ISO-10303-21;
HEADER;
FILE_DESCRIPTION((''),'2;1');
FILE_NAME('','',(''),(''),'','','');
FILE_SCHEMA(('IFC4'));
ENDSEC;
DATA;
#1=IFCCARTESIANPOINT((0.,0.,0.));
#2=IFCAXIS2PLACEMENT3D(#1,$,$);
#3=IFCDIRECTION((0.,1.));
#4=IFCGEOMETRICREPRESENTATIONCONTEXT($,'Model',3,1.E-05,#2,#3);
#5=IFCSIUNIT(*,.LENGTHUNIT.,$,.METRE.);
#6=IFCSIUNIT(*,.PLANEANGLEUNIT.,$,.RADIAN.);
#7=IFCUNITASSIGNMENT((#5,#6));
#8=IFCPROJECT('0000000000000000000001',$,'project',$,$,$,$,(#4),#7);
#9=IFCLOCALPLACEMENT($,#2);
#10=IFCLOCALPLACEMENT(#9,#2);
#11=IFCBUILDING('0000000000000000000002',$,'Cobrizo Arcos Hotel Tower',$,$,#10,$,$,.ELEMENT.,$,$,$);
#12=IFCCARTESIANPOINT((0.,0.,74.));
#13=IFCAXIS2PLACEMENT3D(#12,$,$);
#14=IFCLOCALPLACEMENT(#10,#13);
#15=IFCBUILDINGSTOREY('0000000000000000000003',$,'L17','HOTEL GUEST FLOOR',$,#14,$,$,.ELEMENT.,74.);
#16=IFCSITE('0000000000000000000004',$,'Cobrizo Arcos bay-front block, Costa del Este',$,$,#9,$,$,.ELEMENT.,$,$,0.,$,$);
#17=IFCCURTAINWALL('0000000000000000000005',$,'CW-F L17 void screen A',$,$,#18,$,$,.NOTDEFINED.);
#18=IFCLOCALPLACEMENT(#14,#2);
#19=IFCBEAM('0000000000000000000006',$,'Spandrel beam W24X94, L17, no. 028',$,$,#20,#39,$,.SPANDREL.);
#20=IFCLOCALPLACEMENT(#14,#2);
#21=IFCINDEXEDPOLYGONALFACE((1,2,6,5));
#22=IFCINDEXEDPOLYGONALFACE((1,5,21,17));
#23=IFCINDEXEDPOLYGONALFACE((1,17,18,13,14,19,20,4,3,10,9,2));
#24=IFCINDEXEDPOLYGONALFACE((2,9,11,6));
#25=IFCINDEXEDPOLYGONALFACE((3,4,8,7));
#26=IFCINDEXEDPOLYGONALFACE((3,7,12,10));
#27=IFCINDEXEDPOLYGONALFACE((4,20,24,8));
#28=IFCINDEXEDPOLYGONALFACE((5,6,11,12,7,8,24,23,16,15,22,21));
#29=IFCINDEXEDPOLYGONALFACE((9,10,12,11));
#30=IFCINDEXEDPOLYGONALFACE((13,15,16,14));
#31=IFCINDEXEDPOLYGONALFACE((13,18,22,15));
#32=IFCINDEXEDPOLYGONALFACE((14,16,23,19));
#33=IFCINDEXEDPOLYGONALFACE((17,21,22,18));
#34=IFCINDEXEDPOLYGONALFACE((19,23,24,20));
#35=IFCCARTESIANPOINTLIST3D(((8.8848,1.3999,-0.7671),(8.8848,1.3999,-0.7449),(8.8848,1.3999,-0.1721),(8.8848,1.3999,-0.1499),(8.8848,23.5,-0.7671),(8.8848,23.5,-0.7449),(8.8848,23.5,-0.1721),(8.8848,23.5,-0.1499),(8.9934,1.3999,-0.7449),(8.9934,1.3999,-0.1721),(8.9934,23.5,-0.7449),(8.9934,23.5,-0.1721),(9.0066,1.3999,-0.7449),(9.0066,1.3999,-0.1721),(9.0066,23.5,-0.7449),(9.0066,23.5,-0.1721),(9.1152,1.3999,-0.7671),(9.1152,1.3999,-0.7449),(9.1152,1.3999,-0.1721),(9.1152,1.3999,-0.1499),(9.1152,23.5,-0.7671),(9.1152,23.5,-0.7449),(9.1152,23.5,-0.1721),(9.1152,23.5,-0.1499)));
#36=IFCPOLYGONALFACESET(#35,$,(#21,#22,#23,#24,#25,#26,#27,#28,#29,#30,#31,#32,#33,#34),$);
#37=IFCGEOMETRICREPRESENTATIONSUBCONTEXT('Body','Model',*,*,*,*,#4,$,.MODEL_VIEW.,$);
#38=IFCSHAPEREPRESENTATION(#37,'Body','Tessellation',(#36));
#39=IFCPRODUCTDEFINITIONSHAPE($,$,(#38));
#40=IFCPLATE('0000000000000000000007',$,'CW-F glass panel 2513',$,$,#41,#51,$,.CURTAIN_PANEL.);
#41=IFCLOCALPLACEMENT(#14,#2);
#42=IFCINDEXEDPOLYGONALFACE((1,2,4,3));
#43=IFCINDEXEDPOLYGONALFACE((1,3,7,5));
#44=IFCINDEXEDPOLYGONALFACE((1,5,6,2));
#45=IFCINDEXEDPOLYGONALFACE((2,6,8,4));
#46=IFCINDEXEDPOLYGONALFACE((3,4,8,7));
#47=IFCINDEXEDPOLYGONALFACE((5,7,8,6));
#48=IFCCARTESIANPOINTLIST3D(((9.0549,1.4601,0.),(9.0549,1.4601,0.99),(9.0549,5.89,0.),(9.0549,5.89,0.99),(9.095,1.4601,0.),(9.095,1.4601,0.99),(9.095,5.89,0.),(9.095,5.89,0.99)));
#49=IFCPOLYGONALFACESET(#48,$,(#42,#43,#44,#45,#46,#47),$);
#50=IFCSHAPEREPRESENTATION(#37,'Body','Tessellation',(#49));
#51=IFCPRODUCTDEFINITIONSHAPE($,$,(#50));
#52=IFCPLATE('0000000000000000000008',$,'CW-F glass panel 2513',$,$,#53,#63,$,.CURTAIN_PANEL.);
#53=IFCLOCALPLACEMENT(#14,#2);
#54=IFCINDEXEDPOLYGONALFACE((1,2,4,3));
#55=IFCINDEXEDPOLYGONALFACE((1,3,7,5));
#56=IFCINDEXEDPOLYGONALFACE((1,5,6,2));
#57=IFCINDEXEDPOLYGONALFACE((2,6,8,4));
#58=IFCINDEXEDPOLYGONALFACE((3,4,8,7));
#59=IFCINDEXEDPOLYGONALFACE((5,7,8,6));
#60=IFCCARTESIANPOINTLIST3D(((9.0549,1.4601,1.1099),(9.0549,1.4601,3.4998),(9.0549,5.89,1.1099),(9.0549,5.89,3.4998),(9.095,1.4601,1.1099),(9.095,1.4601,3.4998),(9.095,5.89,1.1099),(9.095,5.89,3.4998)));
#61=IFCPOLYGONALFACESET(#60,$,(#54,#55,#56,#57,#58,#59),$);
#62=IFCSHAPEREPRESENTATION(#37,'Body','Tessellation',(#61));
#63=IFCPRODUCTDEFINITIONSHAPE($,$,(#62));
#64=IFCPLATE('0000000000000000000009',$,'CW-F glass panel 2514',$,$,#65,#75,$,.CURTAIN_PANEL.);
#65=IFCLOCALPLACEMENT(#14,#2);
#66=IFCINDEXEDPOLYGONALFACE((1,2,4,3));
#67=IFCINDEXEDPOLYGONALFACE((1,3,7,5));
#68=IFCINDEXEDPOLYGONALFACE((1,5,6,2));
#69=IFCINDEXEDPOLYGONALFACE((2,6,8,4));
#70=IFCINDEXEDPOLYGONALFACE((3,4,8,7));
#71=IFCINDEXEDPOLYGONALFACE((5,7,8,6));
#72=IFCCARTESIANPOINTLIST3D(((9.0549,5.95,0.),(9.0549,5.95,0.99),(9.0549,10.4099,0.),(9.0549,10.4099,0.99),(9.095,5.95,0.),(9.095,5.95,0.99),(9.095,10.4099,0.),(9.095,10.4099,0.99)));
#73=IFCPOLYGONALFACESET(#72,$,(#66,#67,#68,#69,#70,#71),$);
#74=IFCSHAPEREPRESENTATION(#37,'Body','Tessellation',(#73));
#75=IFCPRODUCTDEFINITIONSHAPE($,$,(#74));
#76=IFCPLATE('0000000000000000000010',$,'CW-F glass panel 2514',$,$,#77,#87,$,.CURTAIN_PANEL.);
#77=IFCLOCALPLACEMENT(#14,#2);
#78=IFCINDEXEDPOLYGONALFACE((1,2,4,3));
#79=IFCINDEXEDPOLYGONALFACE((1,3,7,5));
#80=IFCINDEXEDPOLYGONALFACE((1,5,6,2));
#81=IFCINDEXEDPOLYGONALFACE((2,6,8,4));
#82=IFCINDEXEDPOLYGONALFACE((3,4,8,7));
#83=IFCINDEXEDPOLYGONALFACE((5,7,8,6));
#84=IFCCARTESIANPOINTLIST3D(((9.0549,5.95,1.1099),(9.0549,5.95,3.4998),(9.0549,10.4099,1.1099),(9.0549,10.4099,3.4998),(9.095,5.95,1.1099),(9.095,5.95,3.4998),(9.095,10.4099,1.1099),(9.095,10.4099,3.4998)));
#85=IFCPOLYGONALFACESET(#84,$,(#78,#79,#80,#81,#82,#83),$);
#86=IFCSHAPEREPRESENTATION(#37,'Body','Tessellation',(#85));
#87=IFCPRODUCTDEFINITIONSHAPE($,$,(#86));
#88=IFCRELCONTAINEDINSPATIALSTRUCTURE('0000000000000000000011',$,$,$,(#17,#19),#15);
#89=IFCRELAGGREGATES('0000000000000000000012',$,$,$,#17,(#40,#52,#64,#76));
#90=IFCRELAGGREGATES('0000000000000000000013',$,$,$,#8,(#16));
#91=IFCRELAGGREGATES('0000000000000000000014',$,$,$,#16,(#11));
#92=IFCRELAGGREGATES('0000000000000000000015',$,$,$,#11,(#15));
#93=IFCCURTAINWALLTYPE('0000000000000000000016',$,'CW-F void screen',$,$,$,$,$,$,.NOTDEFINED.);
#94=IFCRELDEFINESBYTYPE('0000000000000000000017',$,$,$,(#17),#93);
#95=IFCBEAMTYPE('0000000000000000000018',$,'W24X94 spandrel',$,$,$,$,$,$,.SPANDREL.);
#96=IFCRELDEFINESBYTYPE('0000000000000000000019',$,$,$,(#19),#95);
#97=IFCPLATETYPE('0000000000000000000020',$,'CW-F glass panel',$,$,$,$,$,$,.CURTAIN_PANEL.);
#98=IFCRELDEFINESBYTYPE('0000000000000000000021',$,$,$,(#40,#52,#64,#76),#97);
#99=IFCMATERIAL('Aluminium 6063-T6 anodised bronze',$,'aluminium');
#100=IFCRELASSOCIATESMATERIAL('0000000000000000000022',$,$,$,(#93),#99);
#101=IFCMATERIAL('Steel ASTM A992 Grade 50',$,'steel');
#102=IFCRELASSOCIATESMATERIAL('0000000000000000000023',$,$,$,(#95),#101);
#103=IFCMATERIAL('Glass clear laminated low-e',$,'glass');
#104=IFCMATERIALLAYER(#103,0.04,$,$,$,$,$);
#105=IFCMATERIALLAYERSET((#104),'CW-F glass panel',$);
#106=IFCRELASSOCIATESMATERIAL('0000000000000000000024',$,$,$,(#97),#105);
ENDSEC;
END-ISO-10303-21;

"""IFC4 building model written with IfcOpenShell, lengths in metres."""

from ifc_helpers import new_model, si_unit, direction, frame, origin, origin_2d, place, context, subcontext, project, spatial, rectangle, i_section, extrude, material, layer, layer_set, material_profile, profile_set, type_object, element, aggregate, save


model = new_model("IFC4")

# Units and contexts
model_context = context("Model", 3, precision=1e-05, world=origin(), true_north=direction((0.0, 1.0)))
body_context = subcontext(model_context, "Body", "Model", "MODEL_VIEW")
ifc_project = project(units=[si_unit("LENGTHUNIT", "METRE"), si_unit("PLANEANGLEUNIT", "RADIAN")], contexts=[model_context])

# Site, building, storey
site_placement = place(None, origin())
site = spatial("IfcSite", under=ifc_project, at=site_placement, Name="Cobrizo Arcos bay-front block, Costa del Este", CompositionType="ELEMENT", RefElevation=0.0)
building_placement = place(site_placement, origin())
building = spatial("IfcBuilding", under=site, at=building_placement, Name="Cobrizo Arcos Hotel Tower", CompositionType="ELEMENT")
storey_placement = place(building_placement, frame((0.0, 0.0, 74.0)))
storey = spatial("IfcBuildingStorey", under=building, at=storey_placement, Name="L17", Description="HOTEL GUEST FLOOR", CompositionType="ELEMENT", Elevation=74.0)

# Shared definitions
ifc_material_1 = material(Name="Steel ASTM A992 Grade 50", Category="steel")

# Curtain wall
ifc_material_2 = material(Name="Aluminium 6063-T6 anodised bronze", Category="aluminium")
curtain_wall_type = type_object("IfcCurtainWallType", Name="CW-F void screen", PredefinedType="NOTDEFINED", material=ifc_material_2)
curtain_wall_placement = place(storey_placement, origin())
curtain_wall = element("IfcCurtainWall", 1, at=curtain_wall_placement, inside=storey, type_object=curtain_wall_type, Name="CW-F L17 void screen A", PredefinedType="NOTDEFINED")

# Beam
ifc_material_profile_1 = material_profile(ifc_material_1, i_section(OverallWidth=0.2305, OverallDepth=0.6172, WebThickness=0.0132, FlangeThickness=0.0222, at=origin_2d()), Name="W24X94")
ifc_profile_set_1 = profile_set([ifc_material_profile_1], Name="Steel ASTM A992 Grade 50")
beam_type_1 = type_object("IfcBeamType", Name="W24X94 spandrel", PredefinedType="SPANDREL", material=ifc_profile_set_1)
beam_1_placement = place(storey_placement, frame((9.0, 1.3999, -0.4585), z_axis=(0.0, 1.0, 0.0), x_axis=(-1.0, 0.0, 0.0)))
element("IfcBeam", 2, at=beam_1_placement, inside=storey, type_object=beam_type_1, Name="Spandrel beam W24X94, L17, no. 028", PredefinedType="SPANDREL", context=body_context, shape_type="SweptSolid", body=[
    extrude(i_section(OverallWidth=0.2305, OverallDepth=0.6172, WebThickness=0.0132, FlangeThickness=0.0222, at=origin_2d()), origin(), (0.0, 0.0, 1.0), 22.1001),
])

# Plates
ifc_material_3 = material(Name="Glass clear laminated low-e", Category="glass")
ifc_layer_1 = layer(ifc_material_3, 0.04)
ifc_layer_set_1 = layer_set([ifc_layer_1], Name="CW-F glass panel")
plate_type = type_object("IfcPlateType", Name="CW-F glass panel", PredefinedType="CURTAIN_PANEL", material=ifc_layer_set_1)
plate_1_placement = place(storey_placement, frame((9.075, 3.675, 0.0), z_axis=(0.0, 0.0, 1.0), x_axis=(0.0, 1.0, 0.0)))
plate_1 = element("IfcPlate", 3, at=plate_1_placement, type_object=plate_type, Name="CW-F glass panel 2513", PredefinedType="CURTAIN_PANEL", context=body_context, shape_type="SweptSolid", body=[
    extrude(rectangle(XDim=4.4299, YDim=0.04, at=origin_2d()), origin(), (0.0, 0.0, 1.0), 0.99),
])
plate_2_placement = place(storey_placement, frame((9.075, 3.675, 1.1099), z_axis=(0.0, 0.0, 1.0), x_axis=(0.0, 1.0, 0.0)))
plate_2 = element("IfcPlate", 4, at=plate_2_placement, type_object=plate_type, Name="CW-F glass panel 2513", PredefinedType="CURTAIN_PANEL", context=body_context, shape_type="SweptSolid", body=[
    extrude(rectangle(XDim=4.4299, YDim=0.04, at=origin_2d()), origin(), (0.0, 0.0, 1.0), 2.3899),
])
plate_3_placement = place(storey_placement, frame((9.075, 8.1799, 0.0), z_axis=(0.0, 0.0, 1.0), x_axis=(0.0, 1.0, 0.0)))
plate_3 = element("IfcPlate", 5, at=plate_3_placement, type_object=plate_type, Name="CW-F glass panel 2514", PredefinedType="CURTAIN_PANEL", context=body_context, shape_type="SweptSolid", body=[
    extrude(rectangle(XDim=4.46, YDim=0.04, at=origin_2d()), origin(), (0.0, 0.0, 1.0), 0.99),
])
plate_4_placement = place(storey_placement, frame((9.075, 8.1799, 1.1099), z_axis=(0.0, 0.0, 1.0), x_axis=(0.0, 1.0, 0.0)))
plate_4 = element("IfcPlate", 6, at=plate_4_placement, type_object=plate_type, Name="CW-F glass panel 2514", PredefinedType="CURTAIN_PANEL", context=body_context, shape_type="SweptSolid", body=[
    extrude(rectangle(XDim=4.46, YDim=0.04, at=origin_2d()), origin(), (0.0, 0.0, 1.0), 2.3899),
])
aggregate(curtain_wall, [plate_1, plate_2, plate_3, plate_4])

save(model, "model.ifc")
